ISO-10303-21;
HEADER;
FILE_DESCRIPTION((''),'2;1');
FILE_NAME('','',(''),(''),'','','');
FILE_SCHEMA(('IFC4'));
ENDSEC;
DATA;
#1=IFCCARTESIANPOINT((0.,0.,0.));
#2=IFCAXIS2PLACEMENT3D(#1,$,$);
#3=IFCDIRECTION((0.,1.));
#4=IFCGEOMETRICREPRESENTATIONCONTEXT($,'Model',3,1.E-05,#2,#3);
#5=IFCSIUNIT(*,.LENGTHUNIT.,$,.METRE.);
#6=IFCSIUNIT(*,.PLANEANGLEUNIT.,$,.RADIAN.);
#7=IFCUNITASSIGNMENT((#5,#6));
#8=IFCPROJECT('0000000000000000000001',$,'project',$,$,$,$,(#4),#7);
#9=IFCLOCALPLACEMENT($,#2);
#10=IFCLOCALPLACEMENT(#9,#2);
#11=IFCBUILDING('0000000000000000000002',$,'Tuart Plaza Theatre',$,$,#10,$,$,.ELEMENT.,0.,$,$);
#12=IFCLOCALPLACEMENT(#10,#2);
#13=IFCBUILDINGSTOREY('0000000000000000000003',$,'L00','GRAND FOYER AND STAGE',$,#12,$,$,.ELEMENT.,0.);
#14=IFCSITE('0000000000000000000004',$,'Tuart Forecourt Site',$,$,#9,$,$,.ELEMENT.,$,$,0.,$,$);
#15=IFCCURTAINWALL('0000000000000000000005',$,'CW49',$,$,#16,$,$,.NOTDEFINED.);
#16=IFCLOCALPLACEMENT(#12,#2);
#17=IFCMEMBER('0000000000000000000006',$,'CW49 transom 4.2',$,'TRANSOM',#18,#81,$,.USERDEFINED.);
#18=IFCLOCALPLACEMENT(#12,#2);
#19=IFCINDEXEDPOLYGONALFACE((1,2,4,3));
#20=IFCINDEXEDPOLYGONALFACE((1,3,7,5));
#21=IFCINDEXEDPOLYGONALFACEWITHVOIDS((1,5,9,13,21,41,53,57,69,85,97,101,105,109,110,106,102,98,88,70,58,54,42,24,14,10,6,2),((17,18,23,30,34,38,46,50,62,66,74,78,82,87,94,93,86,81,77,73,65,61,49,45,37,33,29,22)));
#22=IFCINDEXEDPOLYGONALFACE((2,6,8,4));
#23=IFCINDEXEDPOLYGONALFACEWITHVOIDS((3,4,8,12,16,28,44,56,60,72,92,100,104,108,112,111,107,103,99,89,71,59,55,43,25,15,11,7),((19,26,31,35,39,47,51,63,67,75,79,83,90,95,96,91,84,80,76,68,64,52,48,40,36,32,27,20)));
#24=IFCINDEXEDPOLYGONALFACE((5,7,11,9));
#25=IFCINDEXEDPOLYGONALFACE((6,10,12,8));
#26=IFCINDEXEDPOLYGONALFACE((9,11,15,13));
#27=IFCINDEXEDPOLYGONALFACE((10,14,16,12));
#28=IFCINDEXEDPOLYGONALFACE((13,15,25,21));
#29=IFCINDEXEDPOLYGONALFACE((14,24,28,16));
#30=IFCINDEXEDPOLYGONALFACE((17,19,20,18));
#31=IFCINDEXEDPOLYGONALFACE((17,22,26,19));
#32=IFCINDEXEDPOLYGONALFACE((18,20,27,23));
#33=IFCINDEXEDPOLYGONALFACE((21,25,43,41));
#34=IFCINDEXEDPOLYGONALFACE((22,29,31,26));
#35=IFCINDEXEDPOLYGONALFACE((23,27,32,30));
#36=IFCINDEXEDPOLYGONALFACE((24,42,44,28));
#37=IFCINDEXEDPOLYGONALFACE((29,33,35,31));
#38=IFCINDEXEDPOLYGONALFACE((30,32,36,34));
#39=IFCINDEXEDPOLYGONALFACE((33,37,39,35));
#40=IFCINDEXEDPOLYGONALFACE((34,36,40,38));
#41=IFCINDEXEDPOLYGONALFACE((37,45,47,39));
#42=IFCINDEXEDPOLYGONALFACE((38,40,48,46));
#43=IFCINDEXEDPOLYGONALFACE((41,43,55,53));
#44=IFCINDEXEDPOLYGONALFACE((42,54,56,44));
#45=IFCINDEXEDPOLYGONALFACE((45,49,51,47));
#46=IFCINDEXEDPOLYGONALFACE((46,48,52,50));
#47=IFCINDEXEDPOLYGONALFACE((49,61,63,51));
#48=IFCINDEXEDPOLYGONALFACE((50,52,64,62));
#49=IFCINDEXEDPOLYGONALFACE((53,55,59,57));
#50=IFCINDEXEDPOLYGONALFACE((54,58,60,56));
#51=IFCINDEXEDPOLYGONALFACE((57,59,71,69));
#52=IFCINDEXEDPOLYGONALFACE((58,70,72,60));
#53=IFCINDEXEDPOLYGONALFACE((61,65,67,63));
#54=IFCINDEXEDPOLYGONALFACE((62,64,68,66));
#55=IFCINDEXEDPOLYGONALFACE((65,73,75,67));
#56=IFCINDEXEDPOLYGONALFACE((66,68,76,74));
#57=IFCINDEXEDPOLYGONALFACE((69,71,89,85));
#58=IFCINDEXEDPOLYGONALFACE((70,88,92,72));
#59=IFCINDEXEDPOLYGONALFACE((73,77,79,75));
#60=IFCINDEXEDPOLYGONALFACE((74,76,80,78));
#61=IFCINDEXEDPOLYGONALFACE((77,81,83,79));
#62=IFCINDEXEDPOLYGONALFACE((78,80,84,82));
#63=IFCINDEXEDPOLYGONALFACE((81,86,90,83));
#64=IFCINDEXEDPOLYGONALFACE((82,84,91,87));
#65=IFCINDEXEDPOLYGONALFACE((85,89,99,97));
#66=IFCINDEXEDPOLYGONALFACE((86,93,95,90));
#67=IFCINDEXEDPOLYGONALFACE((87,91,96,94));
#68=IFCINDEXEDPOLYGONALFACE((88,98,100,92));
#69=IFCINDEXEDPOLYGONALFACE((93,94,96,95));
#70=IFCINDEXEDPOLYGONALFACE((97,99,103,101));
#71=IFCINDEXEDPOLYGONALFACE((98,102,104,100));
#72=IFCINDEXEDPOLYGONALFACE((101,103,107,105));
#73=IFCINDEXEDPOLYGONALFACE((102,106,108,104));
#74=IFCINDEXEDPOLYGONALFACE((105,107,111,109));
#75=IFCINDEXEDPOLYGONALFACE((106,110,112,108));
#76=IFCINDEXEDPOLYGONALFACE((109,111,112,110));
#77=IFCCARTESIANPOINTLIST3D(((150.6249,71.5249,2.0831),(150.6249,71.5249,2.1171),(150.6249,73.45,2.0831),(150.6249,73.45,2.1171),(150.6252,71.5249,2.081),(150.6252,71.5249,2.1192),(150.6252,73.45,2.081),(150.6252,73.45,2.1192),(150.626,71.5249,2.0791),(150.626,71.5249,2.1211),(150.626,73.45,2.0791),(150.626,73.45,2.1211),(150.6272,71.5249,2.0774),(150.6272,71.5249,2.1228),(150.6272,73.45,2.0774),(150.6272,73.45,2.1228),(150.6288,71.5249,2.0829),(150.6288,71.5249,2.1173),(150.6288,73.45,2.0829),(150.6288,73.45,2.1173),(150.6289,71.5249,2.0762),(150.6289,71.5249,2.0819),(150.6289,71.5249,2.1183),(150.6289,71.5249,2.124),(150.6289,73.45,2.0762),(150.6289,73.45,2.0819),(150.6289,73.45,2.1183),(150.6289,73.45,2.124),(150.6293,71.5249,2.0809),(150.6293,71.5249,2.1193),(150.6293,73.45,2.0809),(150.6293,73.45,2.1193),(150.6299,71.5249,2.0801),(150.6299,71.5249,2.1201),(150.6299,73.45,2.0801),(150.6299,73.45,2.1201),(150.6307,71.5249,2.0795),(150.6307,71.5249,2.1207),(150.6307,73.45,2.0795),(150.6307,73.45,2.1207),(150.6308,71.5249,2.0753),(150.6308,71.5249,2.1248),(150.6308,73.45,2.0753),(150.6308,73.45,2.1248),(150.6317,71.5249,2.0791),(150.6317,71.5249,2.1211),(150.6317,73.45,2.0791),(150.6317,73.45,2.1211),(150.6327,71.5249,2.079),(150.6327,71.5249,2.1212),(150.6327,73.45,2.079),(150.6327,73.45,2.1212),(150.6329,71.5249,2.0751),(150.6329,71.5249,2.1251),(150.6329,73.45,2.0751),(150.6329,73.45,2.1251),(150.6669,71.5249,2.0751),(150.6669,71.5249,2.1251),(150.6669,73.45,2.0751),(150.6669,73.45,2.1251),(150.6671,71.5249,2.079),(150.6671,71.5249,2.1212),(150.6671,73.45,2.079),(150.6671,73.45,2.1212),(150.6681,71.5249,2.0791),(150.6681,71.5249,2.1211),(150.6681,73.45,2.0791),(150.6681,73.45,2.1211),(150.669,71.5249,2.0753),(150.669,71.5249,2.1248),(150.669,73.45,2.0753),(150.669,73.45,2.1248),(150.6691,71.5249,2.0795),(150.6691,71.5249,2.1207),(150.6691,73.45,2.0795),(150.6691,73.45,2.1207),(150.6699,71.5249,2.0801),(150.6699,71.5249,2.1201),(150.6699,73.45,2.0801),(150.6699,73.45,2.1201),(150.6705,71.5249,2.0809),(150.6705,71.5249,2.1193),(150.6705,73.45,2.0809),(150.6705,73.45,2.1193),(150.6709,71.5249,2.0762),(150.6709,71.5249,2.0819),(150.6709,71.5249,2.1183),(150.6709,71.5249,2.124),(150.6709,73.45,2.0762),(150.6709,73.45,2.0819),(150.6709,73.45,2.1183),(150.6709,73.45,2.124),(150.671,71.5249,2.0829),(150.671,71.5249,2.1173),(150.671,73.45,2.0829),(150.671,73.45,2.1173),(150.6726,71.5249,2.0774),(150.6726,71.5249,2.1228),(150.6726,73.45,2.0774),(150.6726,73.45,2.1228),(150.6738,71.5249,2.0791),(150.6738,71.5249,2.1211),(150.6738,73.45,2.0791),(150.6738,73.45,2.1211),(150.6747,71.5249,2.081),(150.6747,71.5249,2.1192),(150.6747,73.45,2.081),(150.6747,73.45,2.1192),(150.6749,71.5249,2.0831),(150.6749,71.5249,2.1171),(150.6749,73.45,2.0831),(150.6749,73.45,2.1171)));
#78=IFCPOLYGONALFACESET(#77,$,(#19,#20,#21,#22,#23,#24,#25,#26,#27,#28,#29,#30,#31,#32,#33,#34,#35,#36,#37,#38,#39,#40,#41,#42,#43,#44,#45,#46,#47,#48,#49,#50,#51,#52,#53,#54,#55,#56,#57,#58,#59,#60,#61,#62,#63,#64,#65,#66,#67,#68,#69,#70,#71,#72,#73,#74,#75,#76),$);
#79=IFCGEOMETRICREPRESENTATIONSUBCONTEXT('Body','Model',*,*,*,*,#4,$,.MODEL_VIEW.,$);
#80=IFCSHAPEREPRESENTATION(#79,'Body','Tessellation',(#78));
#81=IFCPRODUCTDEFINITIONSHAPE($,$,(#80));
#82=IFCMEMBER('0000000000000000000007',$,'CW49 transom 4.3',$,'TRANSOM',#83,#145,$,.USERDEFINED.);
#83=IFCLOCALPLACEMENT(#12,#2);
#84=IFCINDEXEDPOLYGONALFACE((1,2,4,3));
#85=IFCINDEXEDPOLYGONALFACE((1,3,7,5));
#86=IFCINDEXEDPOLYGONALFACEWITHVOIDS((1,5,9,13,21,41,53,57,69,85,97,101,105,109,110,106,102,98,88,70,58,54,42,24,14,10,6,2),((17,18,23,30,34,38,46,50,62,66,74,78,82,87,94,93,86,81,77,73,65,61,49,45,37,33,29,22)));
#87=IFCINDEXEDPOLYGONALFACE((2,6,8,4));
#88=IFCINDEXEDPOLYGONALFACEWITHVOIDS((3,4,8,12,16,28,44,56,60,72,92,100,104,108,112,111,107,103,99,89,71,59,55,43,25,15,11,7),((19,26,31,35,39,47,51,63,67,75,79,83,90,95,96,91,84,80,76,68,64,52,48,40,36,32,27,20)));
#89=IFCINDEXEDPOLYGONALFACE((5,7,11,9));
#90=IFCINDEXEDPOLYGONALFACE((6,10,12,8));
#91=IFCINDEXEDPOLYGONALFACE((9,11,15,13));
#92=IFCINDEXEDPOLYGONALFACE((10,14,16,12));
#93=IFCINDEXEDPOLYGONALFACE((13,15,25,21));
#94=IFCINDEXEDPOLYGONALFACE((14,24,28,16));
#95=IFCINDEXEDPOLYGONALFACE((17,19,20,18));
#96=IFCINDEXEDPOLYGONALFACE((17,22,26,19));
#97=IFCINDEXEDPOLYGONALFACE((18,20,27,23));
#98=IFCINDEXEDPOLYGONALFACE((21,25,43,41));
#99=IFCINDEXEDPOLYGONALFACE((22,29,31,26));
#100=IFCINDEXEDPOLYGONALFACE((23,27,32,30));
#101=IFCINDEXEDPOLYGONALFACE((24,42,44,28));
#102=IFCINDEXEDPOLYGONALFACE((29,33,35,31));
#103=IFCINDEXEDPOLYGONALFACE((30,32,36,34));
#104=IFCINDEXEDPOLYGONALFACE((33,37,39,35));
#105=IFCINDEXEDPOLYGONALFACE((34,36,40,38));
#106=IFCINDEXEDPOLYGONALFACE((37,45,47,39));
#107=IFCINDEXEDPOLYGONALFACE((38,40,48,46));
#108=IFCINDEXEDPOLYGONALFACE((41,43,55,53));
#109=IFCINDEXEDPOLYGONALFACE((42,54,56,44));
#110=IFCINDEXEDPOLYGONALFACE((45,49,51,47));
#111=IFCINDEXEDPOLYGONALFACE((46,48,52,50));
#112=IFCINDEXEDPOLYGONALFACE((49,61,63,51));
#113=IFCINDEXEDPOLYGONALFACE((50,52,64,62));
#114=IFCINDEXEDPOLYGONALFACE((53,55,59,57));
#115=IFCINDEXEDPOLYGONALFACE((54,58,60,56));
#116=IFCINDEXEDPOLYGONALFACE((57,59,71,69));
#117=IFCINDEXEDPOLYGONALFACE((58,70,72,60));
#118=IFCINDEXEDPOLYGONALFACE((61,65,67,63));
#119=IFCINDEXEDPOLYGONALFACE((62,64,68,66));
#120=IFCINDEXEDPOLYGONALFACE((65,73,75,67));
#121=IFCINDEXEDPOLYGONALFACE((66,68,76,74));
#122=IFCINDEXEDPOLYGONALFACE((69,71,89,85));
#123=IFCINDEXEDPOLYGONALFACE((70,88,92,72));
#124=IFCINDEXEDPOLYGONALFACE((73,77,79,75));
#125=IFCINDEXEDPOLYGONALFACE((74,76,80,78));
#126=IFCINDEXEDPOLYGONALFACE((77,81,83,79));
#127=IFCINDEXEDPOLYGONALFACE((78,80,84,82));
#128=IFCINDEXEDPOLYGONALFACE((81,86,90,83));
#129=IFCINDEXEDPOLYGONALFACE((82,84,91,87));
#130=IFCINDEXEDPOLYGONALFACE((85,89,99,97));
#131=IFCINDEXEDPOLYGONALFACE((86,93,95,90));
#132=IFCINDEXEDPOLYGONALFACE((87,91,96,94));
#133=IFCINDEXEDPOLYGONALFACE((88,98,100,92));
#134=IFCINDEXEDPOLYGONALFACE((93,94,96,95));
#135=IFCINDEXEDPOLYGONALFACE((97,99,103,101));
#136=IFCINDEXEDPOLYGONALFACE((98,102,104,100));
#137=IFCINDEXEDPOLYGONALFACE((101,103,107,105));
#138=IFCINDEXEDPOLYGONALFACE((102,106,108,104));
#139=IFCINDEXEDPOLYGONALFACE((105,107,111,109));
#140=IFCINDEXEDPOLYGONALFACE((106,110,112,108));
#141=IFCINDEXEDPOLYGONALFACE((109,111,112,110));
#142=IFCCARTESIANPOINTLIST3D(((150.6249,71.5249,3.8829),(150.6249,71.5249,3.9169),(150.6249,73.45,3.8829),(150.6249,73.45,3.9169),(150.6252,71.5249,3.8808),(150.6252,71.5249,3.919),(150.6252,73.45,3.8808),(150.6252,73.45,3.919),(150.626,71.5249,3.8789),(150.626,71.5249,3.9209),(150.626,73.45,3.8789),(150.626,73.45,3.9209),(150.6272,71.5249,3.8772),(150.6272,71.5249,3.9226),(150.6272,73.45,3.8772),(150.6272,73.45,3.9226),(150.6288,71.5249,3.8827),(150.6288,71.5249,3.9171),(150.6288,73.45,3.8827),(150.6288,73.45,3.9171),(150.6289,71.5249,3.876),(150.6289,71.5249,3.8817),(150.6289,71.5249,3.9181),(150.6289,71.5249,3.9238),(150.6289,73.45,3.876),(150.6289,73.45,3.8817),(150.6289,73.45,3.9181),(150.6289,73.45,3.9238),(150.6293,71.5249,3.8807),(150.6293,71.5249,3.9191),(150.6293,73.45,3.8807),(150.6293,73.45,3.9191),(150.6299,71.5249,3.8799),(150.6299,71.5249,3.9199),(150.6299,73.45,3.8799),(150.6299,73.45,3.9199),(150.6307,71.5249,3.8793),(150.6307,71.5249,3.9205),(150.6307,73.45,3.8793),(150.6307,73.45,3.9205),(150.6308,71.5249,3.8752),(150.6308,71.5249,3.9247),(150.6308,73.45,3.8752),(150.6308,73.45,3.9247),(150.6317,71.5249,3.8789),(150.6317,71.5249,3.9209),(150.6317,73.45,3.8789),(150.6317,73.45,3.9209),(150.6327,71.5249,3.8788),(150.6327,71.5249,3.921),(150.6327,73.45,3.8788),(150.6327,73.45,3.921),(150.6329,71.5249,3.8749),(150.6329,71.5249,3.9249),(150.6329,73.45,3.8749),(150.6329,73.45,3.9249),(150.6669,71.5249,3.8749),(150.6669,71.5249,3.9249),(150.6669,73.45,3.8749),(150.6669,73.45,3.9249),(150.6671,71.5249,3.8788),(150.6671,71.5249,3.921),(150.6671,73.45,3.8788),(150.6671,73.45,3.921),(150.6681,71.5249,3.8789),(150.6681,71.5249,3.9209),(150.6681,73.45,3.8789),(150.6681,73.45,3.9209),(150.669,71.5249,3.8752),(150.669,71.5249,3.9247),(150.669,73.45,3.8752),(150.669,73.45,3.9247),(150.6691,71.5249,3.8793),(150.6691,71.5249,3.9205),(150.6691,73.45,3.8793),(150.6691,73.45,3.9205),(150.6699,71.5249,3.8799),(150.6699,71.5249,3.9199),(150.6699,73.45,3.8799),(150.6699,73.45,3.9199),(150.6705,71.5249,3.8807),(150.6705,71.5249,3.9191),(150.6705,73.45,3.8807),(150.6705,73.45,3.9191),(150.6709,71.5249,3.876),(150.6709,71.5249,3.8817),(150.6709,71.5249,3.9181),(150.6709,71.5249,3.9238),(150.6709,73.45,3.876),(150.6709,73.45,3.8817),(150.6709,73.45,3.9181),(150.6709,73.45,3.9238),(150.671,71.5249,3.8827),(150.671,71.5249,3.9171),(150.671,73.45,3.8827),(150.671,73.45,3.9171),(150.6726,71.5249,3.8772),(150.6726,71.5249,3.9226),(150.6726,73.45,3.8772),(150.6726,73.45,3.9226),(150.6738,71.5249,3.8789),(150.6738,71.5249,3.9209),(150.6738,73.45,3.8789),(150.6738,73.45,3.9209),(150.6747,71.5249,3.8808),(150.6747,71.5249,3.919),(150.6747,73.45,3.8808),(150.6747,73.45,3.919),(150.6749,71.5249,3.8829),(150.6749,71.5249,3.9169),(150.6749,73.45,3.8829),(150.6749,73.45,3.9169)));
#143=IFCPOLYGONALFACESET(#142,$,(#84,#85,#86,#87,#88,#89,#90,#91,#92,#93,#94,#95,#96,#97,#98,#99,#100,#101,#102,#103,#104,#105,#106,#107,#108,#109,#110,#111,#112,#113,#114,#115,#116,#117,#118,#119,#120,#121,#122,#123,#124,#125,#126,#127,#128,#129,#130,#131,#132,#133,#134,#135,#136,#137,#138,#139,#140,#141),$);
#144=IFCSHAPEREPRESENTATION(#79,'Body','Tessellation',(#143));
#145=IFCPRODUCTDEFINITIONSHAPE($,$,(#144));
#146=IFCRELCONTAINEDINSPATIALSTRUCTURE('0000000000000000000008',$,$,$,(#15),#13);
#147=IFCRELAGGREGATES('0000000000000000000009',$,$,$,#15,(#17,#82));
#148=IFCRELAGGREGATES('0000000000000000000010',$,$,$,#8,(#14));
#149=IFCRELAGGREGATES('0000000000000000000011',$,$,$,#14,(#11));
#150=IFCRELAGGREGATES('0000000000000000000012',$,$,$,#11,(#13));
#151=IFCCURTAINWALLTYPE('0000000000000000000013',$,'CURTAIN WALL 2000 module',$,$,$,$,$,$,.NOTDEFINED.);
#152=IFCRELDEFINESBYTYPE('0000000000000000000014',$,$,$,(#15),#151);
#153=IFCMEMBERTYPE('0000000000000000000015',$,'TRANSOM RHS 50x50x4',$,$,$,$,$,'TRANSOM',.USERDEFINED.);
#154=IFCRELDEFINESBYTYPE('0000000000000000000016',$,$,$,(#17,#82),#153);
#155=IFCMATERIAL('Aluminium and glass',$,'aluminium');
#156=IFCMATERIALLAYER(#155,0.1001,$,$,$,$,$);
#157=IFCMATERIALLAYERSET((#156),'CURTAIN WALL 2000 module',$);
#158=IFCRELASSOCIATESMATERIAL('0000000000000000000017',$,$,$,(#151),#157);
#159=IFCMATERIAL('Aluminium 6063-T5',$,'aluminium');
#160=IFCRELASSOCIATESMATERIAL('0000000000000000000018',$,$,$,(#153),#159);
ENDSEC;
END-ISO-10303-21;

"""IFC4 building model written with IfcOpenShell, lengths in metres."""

from ifc_helpers import new_model, si_unit, direction, frame, origin, origin_2d, place, context, subcontext, project, spatial, hollow_rectangle, extrude, material, layer, layer_set, material_profile, profile_set, type_object, element, aggregate, save


model = new_model("IFC4")

# Units and contexts
model_context = context("Model", 3, precision=1e-05, world=origin(), true_north=direction((0.0, 1.0)))
body_context = subcontext(model_context, "Body", "Model", "MODEL_VIEW")
ifc_project = project(units=[si_unit("LENGTHUNIT", "METRE"), si_unit("PLANEANGLEUNIT", "RADIAN")], contexts=[model_context])

# Site, building, storey
site_placement = place(None, origin())
site = spatial("IfcSite", under=ifc_project, at=site_placement, Name="Tuart Forecourt Site", CompositionType="ELEMENT", RefElevation=0.0)
building_placement = place(site_placement, origin())
building = spatial("IfcBuilding", under=site, at=building_placement, Name="Tuart Plaza Theatre", CompositionType="ELEMENT", ElevationOfRefHeight=0.0)
storey_placement = place(building_placement, origin())
storey = spatial("IfcBuildingStorey", under=building, at=storey_placement, Name="L00", Description="GRAND FOYER AND STAGE", CompositionType="ELEMENT", Elevation=0.0)

# Curtain wall, members
ifc_material_1 = material(Name="Aluminium and glass", Category="aluminium")
ifc_layer_1 = layer(ifc_material_1, 0.1001)
ifc_layer_set_1 = layer_set([ifc_layer_1], Name="CURTAIN WALL 2000 module")
curtain_wall_type = type_object("IfcCurtainWallType", Name="CURTAIN WALL 2000 module", PredefinedType="NOTDEFINED", material=ifc_layer_set_1)
curtain_wall_placement = place(storey_placement, origin())
curtain_wall = element("IfcCurtainWall", 1, at=curtain_wall_placement, inside=storey, type_object=curtain_wall_type, Name="CW49", PredefinedType="NOTDEFINED")
ifc_material_2 = material(Name="Aluminium 6063-T5", Category="aluminium")
ifc_material_profile_1 = material_profile(ifc_material_2, hollow_rectangle(XDim=0.05, YDim=0.05, WallThickness=0.0039, InnerFilletRadius=0.0039, OuterFilletRadius=0.0081, at=origin_2d()), Name="RHS 50x50x4")
ifc_profile_set_1 = profile_set([ifc_material_profile_1], Name="Aluminium 6063-T5")
member_type_1 = type_object("IfcMemberType", Name="TRANSOM RHS 50x50x4", ElementType="TRANSOM", PredefinedType="USERDEFINED", material=ifc_profile_set_1)
member_1_placement = place(storey_placement, frame((150.6499, 71.5249, 2.1001), z_axis=(0.0, 1.0, 0.0), x_axis=(-1.0, 0.0, 0.0)))
member_1 = element("IfcMember", 2, at=member_1_placement, type_object=member_type_1, Name="CW49 transom 4.2", ObjectType="TRANSOM", PredefinedType="USERDEFINED", context=body_context, shape_type="SweptSolid", body=[
    extrude(hollow_rectangle(XDim=0.05, YDim=0.05, WallThickness=0.0039, InnerFilletRadius=0.0039, OuterFilletRadius=0.0081, at=origin_2d()), origin(), (0.0, 0.0, 1.0), 1.925),
])
member_2_placement = place(storey_placement, frame((150.6499, 71.5249, 3.8999), z_axis=(0.0, 1.0, 0.0), x_axis=(-1.0, 0.0, 0.0)))
member_2 = element("IfcMember", 3, at=member_2_placement, type_object=member_type_1, Name="CW49 transom 4.3", ObjectType="TRANSOM", PredefinedType="USERDEFINED", context=body_context, shape_type="SweptSolid", body=[
    extrude(hollow_rectangle(XDim=0.05, YDim=0.05, WallThickness=0.0039, InnerFilletRadius=0.0039, OuterFilletRadius=0.0081, at=origin_2d()), origin(), (0.0, 0.0, 1.0), 1.925),
])
aggregate(curtain_wall, [member_1, member_2])

save(model, "model.ifc")
